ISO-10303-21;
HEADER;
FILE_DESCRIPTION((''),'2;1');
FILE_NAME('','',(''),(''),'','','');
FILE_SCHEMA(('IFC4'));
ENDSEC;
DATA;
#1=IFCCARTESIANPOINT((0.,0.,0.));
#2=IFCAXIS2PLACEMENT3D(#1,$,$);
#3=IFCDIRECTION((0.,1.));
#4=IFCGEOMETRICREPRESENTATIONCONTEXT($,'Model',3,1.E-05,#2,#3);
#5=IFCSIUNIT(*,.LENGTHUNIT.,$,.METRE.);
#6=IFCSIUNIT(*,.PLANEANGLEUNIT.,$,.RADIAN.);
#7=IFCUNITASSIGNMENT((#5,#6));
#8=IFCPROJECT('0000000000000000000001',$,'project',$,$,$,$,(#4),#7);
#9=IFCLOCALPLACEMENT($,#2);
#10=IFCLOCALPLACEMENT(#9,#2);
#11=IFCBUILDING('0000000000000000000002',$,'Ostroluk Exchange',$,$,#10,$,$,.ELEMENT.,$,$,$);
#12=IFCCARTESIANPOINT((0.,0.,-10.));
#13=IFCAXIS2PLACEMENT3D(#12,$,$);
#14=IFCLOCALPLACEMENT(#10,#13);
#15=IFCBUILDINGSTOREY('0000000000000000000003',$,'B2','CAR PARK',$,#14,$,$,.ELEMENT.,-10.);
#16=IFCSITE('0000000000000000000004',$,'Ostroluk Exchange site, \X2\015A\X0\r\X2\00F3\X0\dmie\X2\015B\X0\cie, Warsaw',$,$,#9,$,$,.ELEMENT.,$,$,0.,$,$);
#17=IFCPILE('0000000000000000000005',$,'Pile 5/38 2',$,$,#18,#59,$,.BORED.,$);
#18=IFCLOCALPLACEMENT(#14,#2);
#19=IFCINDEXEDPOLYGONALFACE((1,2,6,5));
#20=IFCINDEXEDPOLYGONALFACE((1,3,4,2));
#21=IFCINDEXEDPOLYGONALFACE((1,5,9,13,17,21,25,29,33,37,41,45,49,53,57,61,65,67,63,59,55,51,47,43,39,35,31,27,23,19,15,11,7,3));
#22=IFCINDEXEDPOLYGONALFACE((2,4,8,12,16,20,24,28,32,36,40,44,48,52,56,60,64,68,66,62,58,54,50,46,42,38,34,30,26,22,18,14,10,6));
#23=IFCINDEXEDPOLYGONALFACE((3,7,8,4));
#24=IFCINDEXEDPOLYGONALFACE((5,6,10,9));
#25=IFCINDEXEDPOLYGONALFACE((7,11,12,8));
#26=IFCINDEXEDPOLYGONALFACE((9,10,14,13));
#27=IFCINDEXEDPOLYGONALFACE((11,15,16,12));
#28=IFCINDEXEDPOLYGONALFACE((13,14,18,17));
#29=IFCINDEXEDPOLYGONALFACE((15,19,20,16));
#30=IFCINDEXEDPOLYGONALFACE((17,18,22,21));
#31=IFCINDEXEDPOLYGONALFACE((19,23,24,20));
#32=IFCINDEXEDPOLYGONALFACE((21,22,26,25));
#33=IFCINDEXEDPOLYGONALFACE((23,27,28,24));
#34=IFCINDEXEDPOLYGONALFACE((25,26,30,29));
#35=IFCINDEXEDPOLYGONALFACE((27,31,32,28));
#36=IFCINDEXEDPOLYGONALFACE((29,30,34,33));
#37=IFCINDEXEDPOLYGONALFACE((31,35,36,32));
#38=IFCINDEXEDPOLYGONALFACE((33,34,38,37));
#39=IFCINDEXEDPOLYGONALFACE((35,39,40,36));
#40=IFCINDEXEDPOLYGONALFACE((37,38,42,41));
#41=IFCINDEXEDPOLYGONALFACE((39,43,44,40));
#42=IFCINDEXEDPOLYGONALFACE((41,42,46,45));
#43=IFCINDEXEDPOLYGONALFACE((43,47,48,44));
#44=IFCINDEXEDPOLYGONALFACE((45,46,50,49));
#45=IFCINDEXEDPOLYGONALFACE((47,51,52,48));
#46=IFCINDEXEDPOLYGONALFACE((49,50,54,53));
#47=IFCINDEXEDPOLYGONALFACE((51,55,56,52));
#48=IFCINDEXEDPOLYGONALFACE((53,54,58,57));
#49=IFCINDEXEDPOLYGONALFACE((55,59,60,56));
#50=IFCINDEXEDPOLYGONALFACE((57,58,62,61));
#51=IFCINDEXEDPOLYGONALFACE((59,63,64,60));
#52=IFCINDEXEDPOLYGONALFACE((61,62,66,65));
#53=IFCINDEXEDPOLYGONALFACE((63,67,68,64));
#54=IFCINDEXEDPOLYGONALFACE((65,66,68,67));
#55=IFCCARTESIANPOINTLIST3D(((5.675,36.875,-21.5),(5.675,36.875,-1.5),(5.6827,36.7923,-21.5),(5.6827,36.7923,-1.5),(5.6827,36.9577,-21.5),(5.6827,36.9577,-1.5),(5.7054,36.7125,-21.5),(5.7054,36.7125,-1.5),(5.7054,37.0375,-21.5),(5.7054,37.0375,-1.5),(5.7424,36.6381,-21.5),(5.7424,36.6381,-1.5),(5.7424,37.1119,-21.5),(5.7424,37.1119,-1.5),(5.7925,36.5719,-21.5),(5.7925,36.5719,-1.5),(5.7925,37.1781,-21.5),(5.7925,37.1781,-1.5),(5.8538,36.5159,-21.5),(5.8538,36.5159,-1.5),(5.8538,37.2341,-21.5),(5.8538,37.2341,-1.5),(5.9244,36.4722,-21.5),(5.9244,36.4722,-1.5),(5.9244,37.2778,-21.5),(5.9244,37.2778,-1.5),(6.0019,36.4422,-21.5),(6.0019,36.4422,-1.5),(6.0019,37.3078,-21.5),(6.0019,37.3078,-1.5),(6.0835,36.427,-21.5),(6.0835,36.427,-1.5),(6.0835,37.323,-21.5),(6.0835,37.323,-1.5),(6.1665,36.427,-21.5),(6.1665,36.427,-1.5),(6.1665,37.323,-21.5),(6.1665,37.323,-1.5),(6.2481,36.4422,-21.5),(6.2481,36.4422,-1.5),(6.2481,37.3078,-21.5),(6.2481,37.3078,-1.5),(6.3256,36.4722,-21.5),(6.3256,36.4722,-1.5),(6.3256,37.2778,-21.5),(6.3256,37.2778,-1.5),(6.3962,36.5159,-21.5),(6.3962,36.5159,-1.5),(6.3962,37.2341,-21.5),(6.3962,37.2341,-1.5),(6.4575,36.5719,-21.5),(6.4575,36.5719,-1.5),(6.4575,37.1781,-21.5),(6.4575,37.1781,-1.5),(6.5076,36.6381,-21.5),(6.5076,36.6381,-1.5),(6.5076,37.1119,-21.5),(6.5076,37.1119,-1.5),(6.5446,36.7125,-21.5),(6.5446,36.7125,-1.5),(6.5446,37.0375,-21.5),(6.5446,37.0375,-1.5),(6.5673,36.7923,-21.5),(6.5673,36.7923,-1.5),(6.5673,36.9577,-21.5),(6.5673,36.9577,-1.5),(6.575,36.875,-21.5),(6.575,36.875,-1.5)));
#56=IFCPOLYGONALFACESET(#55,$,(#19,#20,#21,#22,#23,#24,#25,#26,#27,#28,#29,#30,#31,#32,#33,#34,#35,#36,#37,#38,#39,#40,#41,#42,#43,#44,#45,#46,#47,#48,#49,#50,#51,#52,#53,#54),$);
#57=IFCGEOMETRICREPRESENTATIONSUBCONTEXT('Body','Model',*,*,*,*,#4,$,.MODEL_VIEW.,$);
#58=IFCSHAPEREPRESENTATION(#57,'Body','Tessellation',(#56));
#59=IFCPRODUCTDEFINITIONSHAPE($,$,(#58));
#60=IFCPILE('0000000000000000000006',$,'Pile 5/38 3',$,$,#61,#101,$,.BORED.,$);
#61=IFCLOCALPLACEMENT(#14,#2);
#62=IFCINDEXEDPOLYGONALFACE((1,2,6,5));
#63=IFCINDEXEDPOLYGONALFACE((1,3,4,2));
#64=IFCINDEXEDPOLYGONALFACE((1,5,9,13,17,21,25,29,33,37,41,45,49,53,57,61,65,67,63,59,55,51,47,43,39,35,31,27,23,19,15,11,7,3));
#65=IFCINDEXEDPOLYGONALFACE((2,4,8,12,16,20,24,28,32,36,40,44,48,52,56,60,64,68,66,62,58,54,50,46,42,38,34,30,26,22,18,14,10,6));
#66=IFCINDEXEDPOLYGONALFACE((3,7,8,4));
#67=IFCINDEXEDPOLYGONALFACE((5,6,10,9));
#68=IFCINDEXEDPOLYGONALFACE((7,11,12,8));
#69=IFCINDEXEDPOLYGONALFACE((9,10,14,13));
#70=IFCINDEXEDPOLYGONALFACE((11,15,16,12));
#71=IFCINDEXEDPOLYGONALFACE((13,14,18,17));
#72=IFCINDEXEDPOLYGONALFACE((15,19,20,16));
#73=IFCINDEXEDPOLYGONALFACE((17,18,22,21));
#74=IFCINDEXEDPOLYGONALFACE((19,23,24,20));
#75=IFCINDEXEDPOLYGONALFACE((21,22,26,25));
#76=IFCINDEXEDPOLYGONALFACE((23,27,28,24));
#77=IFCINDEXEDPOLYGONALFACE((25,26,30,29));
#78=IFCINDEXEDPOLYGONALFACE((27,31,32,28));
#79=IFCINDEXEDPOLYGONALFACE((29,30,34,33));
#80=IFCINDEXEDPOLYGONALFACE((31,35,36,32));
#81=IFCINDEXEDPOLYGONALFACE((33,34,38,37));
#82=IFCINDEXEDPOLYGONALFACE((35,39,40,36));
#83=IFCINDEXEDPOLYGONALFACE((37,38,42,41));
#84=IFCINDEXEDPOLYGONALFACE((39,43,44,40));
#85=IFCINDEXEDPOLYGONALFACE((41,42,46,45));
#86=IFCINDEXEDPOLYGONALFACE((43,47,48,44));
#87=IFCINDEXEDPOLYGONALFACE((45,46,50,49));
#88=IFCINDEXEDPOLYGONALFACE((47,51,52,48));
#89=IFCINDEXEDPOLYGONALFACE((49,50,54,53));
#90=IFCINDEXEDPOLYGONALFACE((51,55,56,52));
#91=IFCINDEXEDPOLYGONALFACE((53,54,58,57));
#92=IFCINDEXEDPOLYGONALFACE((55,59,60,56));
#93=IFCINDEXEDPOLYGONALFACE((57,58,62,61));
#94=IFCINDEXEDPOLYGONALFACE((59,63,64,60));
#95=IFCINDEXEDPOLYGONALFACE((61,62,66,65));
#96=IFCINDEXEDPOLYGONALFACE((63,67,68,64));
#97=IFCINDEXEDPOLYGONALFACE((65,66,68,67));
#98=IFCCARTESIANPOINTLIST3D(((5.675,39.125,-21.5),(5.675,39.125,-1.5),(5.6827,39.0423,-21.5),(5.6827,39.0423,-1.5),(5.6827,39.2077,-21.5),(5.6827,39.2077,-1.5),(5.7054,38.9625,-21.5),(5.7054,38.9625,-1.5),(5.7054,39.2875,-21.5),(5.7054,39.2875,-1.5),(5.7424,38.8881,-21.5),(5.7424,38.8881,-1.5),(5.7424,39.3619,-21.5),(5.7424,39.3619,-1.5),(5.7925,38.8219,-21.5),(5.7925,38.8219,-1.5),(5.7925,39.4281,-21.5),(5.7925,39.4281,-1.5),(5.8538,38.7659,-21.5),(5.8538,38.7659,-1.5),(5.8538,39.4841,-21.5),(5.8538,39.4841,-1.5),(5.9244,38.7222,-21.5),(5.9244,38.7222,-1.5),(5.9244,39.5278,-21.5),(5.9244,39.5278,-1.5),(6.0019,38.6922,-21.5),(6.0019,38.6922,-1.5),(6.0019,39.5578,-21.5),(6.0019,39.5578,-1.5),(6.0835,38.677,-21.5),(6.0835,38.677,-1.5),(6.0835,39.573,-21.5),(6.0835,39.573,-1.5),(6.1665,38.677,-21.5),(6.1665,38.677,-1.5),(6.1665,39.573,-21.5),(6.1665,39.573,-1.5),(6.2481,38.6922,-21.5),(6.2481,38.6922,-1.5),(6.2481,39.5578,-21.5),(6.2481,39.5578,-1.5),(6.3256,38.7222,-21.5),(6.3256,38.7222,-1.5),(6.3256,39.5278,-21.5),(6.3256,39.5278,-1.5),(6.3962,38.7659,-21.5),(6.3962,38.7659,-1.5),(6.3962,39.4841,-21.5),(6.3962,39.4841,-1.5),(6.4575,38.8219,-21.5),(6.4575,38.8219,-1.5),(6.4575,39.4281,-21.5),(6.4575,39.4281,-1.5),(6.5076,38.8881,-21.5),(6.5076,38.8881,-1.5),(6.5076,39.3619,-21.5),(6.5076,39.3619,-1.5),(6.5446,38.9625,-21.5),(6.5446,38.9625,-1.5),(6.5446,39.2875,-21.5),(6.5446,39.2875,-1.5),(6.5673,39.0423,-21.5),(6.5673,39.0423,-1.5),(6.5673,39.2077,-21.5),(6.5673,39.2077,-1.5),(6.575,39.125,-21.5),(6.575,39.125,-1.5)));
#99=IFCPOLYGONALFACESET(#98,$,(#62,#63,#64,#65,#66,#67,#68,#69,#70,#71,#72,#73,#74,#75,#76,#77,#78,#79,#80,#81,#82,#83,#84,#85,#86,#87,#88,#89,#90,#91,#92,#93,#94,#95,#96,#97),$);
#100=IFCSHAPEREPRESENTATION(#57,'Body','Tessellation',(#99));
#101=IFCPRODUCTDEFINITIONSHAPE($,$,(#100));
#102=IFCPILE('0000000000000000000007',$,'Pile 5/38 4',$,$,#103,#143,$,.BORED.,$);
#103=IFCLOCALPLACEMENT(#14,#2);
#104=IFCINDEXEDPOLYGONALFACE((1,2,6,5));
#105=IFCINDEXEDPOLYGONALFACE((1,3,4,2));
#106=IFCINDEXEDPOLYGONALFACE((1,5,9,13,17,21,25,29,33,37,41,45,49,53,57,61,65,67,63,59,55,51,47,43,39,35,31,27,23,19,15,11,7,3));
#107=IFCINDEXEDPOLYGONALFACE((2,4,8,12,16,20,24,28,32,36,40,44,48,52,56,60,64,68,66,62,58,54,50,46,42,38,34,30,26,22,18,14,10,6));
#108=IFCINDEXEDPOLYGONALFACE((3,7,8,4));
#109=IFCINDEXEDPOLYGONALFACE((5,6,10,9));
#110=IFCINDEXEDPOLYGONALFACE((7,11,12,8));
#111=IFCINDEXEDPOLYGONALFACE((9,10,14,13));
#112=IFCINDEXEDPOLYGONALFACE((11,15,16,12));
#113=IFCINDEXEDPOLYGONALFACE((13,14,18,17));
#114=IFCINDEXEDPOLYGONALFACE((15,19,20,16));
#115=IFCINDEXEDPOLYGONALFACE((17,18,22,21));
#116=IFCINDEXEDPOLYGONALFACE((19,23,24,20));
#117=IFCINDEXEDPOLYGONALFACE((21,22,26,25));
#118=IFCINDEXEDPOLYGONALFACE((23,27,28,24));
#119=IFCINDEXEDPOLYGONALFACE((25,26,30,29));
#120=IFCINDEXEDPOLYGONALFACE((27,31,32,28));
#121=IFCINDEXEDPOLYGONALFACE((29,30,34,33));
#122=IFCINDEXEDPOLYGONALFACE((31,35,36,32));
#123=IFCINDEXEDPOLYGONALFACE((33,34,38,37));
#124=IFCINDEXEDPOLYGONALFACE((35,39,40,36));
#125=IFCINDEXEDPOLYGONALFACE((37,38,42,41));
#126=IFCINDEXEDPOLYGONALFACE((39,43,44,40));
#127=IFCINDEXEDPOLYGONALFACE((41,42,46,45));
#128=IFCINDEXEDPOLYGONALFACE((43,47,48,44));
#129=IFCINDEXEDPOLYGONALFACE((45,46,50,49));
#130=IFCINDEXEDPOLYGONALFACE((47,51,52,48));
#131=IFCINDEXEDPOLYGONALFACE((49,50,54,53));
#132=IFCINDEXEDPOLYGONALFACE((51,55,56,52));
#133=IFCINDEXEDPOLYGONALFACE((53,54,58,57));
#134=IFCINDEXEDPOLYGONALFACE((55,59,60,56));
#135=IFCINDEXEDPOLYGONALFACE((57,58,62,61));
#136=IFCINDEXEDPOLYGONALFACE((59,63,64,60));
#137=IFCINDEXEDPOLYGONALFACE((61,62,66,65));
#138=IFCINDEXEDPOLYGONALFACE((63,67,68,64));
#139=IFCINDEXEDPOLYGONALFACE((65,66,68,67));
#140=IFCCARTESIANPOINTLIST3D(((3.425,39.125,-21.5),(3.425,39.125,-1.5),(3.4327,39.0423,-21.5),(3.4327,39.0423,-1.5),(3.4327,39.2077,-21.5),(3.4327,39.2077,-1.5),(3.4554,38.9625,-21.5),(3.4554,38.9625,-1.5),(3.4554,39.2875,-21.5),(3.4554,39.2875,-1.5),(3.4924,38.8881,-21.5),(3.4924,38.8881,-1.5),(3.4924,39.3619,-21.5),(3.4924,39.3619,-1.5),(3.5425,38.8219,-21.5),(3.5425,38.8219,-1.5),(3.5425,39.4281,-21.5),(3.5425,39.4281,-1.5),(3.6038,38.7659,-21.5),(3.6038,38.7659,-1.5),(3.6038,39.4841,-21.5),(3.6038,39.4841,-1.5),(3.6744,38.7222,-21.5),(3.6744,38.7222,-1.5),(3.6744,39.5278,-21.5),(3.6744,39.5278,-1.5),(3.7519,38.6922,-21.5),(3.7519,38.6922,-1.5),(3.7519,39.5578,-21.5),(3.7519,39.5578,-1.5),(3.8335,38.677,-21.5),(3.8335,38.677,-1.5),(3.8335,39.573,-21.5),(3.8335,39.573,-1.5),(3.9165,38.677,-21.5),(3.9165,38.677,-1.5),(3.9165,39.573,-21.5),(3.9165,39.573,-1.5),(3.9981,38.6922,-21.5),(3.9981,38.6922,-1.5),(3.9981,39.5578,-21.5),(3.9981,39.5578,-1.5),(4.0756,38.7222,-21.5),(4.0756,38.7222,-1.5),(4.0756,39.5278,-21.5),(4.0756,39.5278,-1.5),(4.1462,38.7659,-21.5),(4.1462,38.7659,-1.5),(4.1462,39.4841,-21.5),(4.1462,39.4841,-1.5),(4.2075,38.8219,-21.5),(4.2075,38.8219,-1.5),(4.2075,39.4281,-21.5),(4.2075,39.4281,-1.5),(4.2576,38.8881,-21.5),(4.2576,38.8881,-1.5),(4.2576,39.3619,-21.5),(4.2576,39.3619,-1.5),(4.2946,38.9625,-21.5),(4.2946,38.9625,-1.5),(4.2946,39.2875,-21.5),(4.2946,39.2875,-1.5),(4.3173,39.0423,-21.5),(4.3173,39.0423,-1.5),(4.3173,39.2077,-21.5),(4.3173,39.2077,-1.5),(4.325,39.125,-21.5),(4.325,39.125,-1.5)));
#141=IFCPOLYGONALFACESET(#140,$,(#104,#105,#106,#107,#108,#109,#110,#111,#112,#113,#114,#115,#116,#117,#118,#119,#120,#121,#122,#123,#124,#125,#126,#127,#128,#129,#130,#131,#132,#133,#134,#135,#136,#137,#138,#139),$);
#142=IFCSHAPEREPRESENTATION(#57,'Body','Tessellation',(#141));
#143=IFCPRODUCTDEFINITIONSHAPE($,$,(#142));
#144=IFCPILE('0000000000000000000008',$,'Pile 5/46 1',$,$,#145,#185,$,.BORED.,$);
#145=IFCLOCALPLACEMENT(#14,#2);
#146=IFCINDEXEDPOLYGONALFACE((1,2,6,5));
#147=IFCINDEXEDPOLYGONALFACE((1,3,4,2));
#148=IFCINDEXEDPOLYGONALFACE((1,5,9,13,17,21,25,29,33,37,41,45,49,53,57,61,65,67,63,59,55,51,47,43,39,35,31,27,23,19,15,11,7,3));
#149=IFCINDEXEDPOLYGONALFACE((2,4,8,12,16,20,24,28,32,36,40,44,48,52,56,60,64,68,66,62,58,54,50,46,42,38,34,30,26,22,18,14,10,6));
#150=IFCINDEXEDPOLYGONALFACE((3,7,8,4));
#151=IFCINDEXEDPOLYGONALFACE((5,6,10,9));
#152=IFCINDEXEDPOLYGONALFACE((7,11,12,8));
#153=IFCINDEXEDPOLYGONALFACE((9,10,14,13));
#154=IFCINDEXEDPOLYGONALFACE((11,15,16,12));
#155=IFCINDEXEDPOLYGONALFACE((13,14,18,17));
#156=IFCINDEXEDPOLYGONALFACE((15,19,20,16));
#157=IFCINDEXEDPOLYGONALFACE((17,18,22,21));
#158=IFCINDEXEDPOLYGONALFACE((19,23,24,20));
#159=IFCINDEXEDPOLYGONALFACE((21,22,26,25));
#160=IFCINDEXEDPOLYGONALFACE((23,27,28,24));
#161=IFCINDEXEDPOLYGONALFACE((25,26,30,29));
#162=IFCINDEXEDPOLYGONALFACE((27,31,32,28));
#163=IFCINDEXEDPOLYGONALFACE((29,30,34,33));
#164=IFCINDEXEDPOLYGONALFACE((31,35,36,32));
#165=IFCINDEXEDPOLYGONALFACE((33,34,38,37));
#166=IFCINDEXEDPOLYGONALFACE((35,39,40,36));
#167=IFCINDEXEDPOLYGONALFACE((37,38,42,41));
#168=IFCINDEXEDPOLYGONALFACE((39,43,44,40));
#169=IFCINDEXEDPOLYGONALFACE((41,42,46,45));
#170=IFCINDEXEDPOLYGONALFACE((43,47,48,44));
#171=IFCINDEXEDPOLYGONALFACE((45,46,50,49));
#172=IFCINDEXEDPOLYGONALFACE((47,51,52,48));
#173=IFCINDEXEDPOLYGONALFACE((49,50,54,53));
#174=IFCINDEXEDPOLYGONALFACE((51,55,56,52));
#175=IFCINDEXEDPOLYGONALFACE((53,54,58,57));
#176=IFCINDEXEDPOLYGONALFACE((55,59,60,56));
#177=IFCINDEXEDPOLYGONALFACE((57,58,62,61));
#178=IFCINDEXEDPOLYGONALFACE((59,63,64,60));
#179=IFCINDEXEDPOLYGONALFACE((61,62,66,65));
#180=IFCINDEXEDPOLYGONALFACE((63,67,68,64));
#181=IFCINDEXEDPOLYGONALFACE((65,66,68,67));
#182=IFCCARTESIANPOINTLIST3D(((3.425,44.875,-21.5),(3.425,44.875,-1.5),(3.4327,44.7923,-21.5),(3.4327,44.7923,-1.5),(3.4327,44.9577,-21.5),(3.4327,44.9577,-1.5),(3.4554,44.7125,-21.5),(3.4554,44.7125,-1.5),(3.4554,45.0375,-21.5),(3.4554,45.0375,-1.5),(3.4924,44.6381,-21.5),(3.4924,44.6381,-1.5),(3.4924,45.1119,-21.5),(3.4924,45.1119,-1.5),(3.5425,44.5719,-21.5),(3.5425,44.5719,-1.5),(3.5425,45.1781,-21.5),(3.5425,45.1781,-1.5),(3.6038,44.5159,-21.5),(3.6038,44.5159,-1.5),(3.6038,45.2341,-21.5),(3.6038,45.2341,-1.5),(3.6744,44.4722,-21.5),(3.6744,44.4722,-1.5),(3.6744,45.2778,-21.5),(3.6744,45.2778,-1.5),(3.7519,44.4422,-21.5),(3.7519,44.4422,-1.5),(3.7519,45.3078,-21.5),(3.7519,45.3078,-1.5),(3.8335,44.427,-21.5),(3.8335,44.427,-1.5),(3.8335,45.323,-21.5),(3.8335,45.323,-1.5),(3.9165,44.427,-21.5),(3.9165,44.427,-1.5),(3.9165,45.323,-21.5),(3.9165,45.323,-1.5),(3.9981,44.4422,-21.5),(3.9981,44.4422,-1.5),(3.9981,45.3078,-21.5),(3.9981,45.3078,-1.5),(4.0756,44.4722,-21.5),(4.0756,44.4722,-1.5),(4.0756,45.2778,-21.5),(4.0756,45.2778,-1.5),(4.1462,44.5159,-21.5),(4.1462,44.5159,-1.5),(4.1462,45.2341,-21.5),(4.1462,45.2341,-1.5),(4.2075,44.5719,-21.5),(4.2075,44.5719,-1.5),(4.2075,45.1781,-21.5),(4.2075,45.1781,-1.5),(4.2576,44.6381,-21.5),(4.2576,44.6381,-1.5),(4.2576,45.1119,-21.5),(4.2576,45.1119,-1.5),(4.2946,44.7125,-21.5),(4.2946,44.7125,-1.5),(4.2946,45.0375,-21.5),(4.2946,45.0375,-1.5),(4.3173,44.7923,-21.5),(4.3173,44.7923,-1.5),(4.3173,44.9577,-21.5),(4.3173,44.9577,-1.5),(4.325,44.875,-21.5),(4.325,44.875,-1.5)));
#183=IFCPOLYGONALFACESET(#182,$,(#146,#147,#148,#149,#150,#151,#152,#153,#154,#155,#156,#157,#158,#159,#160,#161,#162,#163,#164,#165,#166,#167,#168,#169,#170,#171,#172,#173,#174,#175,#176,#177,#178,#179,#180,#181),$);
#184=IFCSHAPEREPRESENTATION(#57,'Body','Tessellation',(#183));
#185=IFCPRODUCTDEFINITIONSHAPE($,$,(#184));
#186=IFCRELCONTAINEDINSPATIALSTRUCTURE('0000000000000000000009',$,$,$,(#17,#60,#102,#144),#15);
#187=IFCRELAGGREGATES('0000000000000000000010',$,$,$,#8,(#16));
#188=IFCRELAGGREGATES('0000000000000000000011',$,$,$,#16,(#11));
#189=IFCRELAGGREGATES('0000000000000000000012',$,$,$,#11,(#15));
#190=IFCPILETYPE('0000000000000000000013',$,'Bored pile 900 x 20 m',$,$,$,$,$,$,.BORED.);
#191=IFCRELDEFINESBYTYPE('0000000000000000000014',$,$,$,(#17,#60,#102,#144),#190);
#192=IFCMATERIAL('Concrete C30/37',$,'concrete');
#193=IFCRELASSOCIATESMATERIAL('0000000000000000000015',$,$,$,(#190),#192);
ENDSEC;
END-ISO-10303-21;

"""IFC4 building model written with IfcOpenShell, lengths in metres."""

from ifc_helpers import new_model, si_unit, direction, frame, origin, origin_2d, place, context, subcontext, project, spatial, circle, extrude, material, type_object, element, save


model = new_model("IFC4")

# Units and contexts
model_context = context("Model", 3, precision=1e-05, world=origin(), true_north=direction((0.0, 1.0)))
body_context = subcontext(model_context, "Body", "Model", "MODEL_VIEW")
ifc_project = project(units=[si_unit("LENGTHUNIT", "METRE"), si_unit("PLANEANGLEUNIT", "RADIAN")], contexts=[model_context])

# Site, building, storey
site_placement = place(None, origin())
site = spatial("IfcSite", under=ifc_project, at=site_placement, Name="Ostroluk Exchange site, Śródmieście, Warsaw", CompositionType="ELEMENT", RefElevation=0.0)
building_placement = place(site_placement, origin())
building = spatial("IfcBuilding", under=site, at=building_placement, Name="Ostroluk Exchange", CompositionType="ELEMENT")
storey_placement = place(building_placement, frame((0.0, 0.0, -10.0)))
storey = spatial("IfcBuildingStorey", under=building, at=storey_placement, Name="B2", Description="CAR PARK", CompositionType="ELEMENT", Elevation=-10.0)

# Piles
ifc_material_1 = material(Name="Concrete C30/37", Category="concrete")
pile_type_1 = type_object("IfcPileType", Name="Bored pile 900 x 20 m", PredefinedType="BORED", material=ifc_material_1)
for number, where, z_axis, x_axis, name in (
    (1, (6.125, 36.875, -1.5), (0.0, 0.0, -1.0), (1.0, 0.0, 0.0), "Pile 5/38 2"),
    (2, (6.125, 39.125, -1.5), (0.0, 0.0, -1.0), (1.0, 0.0, 0.0), "Pile 5/38 3"),
    (3, (3.875, 39.125, -1.5), (0.0, 0.0, -1.0), (1.0, 0.0, 0.0), "Pile 5/38 4"),
    (4, (3.875, 44.875, -1.5), (0.0, 0.0, -1.0), (1.0, 0.0, 0.0), "Pile 5/46 1"),
):
    element("IfcPile", number, at=place(storey_placement, frame(where, z_axis=z_axis, x_axis=x_axis)), inside=storey, type_object=pile_type_1, Name=name, PredefinedType="BORED", context=body_context, shape_type="SweptSolid", body=[
        extrude(circle(Radius=0.45, at=origin_2d()), origin(), (0.0, 0.0, 1.0), 20.0),
    ])

save(model, "model.ifc")
